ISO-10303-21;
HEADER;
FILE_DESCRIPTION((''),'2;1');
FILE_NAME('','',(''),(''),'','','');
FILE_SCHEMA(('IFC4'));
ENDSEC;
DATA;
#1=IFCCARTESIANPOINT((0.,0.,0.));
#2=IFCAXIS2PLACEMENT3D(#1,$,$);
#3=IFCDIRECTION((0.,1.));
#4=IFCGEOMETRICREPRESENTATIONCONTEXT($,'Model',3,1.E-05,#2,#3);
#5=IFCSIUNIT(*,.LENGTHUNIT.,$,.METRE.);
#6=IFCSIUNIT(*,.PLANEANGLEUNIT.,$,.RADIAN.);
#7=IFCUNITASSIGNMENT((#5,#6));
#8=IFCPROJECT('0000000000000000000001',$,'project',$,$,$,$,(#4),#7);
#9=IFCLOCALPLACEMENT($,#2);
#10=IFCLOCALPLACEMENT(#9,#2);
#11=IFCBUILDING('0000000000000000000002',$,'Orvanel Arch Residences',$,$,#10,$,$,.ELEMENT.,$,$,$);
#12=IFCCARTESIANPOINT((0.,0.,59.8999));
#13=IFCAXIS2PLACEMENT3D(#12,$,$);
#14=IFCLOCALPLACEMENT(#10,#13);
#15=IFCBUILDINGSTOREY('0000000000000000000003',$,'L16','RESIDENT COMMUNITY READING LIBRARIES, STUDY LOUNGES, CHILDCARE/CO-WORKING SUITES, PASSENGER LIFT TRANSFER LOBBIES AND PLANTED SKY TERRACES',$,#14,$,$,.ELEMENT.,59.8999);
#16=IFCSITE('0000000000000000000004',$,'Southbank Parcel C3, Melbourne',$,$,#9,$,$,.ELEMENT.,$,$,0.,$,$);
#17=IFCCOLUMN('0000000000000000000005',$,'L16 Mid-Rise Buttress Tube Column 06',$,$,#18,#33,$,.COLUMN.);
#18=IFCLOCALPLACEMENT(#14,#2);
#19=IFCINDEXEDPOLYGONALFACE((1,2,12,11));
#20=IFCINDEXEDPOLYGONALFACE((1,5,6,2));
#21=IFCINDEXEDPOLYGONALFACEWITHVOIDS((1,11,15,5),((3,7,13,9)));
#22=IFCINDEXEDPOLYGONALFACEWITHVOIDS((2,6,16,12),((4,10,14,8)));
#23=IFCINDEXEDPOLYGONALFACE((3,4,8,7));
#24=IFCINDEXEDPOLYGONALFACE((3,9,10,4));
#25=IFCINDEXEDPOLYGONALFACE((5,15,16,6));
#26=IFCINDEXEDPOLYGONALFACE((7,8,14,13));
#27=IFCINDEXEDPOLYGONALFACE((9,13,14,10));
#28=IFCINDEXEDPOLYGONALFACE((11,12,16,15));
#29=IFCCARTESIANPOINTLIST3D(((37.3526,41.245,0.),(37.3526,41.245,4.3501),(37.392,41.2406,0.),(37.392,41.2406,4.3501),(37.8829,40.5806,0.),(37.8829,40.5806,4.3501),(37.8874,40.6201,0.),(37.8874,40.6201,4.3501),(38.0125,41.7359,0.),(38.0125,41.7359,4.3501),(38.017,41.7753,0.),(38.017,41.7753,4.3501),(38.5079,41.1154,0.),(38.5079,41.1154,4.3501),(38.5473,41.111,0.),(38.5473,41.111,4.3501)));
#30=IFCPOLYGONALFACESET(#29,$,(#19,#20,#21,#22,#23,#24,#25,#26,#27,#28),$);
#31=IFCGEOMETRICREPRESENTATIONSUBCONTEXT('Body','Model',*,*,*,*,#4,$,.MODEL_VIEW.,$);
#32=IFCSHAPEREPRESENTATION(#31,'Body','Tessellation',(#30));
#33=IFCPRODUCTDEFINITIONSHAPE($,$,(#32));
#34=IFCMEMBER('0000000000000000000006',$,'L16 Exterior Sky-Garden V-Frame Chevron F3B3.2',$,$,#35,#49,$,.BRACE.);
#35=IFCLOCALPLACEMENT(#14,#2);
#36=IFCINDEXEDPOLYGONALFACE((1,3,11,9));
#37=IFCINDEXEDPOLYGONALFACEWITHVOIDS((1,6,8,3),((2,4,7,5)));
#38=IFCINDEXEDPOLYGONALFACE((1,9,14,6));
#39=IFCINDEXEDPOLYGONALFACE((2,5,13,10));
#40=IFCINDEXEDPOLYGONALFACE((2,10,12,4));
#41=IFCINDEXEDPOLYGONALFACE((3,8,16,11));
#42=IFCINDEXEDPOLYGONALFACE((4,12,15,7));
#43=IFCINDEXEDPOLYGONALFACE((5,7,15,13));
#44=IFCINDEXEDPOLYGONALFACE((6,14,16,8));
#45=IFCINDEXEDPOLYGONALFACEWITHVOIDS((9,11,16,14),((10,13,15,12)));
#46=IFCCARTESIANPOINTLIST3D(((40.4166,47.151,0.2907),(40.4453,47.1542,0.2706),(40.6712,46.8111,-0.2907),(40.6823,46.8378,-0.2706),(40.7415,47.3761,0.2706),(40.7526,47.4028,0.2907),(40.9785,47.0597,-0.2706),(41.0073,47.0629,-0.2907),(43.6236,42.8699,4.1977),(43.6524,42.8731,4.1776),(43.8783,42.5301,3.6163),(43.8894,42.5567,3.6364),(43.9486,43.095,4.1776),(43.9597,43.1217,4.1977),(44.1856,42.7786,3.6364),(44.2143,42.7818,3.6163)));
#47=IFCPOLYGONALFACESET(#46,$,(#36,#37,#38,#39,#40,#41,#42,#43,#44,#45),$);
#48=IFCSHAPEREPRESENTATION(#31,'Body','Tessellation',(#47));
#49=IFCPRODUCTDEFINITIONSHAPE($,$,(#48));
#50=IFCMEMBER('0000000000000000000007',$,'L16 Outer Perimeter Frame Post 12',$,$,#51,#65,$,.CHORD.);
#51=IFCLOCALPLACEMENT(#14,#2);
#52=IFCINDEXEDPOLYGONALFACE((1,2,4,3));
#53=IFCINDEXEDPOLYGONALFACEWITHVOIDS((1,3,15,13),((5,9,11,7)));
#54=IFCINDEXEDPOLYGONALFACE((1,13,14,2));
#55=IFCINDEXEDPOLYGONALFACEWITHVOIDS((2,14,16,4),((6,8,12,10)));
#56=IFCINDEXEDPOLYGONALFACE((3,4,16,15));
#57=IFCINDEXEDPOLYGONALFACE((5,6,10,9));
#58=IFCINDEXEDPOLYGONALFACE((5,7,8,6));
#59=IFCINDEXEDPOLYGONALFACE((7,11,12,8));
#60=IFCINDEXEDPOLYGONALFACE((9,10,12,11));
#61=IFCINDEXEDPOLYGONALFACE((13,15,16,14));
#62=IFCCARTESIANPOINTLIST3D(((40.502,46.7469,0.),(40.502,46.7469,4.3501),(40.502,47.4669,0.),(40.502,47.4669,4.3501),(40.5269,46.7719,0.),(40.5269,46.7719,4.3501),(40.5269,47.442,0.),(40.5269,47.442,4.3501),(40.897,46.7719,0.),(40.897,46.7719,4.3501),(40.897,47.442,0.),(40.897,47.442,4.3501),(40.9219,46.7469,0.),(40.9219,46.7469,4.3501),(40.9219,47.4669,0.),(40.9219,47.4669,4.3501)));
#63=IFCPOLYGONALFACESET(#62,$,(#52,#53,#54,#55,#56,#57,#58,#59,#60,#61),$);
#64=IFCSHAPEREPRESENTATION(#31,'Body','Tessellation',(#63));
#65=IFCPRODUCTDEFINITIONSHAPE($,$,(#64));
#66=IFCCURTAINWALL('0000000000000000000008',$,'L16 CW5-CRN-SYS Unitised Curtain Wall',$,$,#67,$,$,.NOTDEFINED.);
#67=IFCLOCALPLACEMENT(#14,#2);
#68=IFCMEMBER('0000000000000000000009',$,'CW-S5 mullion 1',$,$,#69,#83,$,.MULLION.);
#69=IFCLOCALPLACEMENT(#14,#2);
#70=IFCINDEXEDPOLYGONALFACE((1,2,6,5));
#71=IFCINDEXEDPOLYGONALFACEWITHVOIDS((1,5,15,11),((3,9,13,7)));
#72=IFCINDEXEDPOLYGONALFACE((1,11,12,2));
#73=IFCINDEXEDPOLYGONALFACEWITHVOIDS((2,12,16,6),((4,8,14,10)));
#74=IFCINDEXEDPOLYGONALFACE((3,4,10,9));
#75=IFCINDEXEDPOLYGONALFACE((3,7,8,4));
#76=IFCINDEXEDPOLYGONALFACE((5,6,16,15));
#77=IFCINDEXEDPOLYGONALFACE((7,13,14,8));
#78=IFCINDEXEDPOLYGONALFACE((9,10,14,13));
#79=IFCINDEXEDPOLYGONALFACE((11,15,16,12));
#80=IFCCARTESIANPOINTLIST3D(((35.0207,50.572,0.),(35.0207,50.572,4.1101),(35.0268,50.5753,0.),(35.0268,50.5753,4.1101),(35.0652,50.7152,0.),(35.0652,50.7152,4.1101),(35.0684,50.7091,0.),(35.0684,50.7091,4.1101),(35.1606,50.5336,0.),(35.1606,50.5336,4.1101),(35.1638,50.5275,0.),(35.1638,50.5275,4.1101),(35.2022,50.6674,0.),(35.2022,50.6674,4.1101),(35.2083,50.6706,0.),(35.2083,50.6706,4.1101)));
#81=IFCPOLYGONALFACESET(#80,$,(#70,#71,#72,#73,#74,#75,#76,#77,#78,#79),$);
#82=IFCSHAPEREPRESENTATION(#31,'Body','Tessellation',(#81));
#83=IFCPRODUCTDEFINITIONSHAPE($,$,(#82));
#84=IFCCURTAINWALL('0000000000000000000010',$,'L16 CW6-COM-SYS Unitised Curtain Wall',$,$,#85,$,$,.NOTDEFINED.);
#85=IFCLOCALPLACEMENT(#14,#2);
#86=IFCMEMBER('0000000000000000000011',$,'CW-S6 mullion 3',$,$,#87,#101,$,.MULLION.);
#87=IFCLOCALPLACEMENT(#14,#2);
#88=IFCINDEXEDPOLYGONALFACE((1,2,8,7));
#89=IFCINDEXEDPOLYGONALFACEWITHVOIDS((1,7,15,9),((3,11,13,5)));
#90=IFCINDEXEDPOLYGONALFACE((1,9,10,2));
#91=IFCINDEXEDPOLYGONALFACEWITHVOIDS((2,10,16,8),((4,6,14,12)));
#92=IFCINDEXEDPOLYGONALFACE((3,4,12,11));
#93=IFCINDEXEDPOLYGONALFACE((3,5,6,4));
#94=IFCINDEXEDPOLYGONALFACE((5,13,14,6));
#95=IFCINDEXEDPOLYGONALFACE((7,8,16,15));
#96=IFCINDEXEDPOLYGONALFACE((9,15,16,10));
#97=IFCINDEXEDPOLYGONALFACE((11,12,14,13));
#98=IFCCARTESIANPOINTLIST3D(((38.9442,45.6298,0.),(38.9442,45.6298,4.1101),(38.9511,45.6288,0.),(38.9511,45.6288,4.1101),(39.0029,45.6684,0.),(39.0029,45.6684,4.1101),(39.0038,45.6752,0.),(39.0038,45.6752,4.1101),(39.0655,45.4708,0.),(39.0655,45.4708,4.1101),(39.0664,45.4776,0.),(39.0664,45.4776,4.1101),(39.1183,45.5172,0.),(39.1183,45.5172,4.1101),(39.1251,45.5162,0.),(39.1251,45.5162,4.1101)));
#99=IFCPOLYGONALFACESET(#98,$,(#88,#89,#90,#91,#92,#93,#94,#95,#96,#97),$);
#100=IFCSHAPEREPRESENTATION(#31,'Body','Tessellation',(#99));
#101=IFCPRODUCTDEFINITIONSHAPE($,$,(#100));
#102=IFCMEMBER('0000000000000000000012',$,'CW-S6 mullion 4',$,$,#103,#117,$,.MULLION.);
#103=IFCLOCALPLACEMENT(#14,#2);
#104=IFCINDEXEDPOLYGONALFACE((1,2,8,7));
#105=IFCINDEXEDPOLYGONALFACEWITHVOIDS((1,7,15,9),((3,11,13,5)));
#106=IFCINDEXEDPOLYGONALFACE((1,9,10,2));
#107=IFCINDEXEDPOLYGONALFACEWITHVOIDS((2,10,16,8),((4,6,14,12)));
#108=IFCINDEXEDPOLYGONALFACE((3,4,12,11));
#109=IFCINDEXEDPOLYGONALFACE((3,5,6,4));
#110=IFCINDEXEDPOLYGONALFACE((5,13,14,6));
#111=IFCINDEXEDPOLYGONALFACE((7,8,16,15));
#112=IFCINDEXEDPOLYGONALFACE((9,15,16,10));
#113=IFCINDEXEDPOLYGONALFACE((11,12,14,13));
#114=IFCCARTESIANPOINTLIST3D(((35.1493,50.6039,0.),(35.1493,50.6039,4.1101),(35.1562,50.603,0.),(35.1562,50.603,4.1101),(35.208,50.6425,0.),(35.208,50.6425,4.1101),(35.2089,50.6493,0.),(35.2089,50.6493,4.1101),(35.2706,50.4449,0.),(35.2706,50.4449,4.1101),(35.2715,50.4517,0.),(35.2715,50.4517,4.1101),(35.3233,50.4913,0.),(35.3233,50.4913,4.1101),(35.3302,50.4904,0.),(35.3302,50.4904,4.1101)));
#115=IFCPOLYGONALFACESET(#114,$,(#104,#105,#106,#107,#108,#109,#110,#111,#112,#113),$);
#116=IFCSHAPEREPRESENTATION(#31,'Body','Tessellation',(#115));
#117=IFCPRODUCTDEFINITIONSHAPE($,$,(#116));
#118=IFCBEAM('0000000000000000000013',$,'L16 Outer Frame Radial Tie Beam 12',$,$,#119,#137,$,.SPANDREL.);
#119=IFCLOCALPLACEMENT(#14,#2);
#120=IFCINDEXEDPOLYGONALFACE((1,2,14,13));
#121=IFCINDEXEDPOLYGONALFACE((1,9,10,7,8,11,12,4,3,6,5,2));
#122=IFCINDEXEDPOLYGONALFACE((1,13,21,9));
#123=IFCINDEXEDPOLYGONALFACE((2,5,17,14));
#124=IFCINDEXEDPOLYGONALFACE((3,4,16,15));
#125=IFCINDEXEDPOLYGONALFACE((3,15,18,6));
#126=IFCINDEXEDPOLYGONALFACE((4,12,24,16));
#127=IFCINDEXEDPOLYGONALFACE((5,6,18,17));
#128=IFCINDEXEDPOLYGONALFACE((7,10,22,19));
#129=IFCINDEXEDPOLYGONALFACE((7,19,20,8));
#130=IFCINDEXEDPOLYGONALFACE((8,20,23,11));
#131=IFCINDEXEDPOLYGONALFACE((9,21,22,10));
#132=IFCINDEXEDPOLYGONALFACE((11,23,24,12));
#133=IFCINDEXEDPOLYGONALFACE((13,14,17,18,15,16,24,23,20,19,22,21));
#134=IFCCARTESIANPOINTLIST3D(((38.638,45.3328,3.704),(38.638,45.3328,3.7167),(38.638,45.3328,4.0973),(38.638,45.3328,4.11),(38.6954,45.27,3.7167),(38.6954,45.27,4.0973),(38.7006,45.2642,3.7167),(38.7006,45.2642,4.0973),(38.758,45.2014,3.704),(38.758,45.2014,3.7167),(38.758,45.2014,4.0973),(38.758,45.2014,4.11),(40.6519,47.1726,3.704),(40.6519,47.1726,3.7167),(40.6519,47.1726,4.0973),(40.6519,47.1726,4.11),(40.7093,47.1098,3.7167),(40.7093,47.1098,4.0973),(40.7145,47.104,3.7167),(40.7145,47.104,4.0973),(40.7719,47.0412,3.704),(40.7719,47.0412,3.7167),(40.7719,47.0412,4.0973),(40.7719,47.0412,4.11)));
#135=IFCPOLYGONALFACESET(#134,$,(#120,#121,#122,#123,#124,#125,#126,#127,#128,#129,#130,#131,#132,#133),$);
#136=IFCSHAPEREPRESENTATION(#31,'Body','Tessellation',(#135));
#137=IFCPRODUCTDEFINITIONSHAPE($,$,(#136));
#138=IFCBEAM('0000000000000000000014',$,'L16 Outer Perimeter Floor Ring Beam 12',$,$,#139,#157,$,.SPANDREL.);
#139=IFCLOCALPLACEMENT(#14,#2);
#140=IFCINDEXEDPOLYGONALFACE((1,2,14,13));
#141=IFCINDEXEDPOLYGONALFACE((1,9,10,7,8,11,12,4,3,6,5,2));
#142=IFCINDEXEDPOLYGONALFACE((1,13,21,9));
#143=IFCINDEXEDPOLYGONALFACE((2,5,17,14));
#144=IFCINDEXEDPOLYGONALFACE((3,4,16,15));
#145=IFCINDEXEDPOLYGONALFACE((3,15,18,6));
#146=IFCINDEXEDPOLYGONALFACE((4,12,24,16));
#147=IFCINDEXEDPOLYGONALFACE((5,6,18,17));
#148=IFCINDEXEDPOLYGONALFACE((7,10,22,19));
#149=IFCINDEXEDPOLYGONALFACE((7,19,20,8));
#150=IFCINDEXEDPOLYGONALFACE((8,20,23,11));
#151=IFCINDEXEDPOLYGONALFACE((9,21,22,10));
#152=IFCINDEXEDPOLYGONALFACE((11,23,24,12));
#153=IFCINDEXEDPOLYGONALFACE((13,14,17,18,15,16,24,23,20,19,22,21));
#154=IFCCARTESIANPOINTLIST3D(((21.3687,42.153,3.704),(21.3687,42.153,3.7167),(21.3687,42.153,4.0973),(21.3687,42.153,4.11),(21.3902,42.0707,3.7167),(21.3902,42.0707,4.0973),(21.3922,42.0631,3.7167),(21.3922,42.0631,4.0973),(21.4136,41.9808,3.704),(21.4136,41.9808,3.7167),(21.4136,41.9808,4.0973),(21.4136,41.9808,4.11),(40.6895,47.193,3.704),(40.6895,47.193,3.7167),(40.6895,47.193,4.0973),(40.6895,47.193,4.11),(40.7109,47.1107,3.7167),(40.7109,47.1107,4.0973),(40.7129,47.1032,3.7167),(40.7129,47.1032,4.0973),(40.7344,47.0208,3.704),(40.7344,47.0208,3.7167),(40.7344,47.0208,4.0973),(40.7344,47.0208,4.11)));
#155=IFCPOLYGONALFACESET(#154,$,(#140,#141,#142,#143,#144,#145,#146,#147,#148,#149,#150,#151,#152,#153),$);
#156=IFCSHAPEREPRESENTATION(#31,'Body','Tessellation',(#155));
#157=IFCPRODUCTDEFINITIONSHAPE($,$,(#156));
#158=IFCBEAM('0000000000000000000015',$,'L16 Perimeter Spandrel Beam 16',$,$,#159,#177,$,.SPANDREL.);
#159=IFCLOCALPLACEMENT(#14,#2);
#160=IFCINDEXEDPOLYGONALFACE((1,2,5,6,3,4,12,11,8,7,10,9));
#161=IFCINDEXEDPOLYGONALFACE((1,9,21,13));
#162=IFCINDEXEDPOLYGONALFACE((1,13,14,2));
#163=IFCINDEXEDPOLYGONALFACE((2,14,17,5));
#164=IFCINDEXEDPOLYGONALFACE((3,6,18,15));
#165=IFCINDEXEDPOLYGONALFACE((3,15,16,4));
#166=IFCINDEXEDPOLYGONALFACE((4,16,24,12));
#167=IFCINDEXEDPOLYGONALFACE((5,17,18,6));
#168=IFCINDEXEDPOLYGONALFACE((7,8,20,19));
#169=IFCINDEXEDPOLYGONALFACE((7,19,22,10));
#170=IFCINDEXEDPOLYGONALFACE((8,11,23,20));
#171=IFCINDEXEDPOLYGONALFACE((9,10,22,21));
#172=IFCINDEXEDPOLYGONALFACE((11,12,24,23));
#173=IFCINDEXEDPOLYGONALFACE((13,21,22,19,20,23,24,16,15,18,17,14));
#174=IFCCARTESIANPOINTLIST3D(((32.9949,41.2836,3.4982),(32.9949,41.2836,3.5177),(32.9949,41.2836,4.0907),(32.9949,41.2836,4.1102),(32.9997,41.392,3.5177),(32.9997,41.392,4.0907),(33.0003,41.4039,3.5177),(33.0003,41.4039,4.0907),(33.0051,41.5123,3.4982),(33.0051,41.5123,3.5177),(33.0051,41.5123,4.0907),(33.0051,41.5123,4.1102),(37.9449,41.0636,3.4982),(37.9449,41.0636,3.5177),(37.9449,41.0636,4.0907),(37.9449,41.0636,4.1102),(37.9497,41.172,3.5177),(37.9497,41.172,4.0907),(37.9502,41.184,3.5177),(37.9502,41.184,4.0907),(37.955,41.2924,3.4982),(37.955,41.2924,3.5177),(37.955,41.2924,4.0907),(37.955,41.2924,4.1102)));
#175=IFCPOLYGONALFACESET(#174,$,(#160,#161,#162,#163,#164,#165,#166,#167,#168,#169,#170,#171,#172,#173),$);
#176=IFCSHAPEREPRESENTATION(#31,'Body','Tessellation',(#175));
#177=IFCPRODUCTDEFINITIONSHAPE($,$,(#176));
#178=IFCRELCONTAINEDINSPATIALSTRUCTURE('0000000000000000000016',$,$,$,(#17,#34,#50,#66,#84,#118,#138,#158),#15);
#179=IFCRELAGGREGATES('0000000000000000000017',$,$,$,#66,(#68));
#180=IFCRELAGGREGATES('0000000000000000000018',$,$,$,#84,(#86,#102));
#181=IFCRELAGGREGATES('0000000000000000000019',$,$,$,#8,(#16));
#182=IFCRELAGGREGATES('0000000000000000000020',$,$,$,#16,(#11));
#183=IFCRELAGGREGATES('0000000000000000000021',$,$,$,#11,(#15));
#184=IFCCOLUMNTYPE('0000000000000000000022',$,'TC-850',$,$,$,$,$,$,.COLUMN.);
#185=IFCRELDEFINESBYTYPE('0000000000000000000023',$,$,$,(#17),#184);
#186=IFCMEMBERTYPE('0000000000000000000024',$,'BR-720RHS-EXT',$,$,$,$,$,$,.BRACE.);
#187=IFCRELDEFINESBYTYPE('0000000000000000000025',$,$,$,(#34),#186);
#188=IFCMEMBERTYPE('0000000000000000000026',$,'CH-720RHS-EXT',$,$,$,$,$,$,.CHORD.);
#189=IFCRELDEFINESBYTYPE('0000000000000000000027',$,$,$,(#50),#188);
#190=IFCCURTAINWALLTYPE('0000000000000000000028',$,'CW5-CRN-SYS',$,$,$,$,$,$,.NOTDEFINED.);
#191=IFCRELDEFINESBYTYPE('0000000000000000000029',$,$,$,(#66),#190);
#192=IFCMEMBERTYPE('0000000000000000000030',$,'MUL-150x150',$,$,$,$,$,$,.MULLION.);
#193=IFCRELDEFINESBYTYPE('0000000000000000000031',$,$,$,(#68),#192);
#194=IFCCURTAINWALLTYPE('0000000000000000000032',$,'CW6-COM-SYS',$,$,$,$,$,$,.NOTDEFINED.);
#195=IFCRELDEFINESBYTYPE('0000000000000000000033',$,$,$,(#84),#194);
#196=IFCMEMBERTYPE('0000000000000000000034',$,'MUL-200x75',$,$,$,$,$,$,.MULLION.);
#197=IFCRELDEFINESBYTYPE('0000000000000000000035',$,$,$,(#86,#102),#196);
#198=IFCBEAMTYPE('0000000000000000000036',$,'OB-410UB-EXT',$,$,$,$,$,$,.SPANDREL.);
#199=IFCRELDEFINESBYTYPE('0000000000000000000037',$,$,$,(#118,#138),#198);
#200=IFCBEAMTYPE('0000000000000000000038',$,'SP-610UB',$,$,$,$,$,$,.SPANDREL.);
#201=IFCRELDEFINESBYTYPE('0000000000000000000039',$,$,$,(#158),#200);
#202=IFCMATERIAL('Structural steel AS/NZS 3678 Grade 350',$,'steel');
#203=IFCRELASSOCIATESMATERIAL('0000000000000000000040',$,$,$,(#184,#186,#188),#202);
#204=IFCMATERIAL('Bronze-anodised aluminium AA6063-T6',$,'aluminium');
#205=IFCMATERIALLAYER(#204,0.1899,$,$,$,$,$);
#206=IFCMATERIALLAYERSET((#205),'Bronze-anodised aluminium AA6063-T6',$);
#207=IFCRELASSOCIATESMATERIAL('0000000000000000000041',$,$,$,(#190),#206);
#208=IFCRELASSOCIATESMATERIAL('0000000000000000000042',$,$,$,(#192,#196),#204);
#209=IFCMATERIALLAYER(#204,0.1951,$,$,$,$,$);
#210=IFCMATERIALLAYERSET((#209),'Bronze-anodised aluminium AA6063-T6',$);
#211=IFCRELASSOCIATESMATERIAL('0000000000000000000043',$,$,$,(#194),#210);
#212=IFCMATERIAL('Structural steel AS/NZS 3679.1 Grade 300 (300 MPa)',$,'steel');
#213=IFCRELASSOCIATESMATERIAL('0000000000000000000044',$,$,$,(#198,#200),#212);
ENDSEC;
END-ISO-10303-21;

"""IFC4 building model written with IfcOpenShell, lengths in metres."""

from ifc_helpers import new_model, si_unit, direction, frame, origin, origin_2d, place, context, subcontext, project, spatial, hollow_rectangle, i_section, extrude, material, layer, layer_set, material_profile, profile_set, type_object, element, aggregate, save


model = new_model("IFC4")

# Units and contexts
model_context = context("Model", 3, precision=1e-05, world=origin(), true_north=direction((0.0, 1.0)))
body_context = subcontext(model_context, "Body", "Model", "MODEL_VIEW")
ifc_project = project(units=[si_unit("LENGTHUNIT", "METRE"), si_unit("PLANEANGLEUNIT", "RADIAN")], contexts=[model_context])

# Site, building, storey
site_placement = place(None, origin())
site = spatial("IfcSite", under=ifc_project, at=site_placement, Name="Southbank Parcel C3, Melbourne", CompositionType="ELEMENT", RefElevation=0.0)
building_placement = place(site_placement, origin())
building = spatial("IfcBuilding", under=site, at=building_placement, Name="Orvanel Arch Residences", CompositionType="ELEMENT")
storey_placement = place(building_placement, frame((0.0, 0.0, 59.8999)))
storey = spatial("IfcBuildingStorey", under=building, at=storey_placement, Name="L16", Description="RESIDENT COMMUNITY READING LIBRARIES, STUDY LOUNGES, CHILDCARE/CO-WORKING SUITES, PASSENGER LIFT TRANSFER LOBBIES AND PLANTED SKY TERRACES", CompositionType="ELEMENT", Elevation=59.8999)

# Column
ifc_material_1 = material(Name="Structural steel AS/NZS 3678 Grade 350", Category="steel")
ifc_material_profile_1 = material_profile(ifc_material_1, hollow_rectangle(XDim=0.8501, YDim=0.8501, WallThickness=0.0281, at=origin_2d()), Name="BOX850x850x28")
ifc_profile_set_1 = profile_set([ifc_material_profile_1], Name="Structural steel AS/NZS 3678 Grade 350")
column_type = type_object("IfcColumnType", Name="TC-850", PredefinedType="COLUMN", material=ifc_profile_set_1)
column_placement = place(storey_placement, frame((37.95, 41.178, 0.0), z_axis=(0.0, 0.0, 1.0), x_axis=(-0.62388, 0.78152, 0.0)))
element("IfcColumn", 1, at=column_placement, inside=storey, type_object=column_type, Name="L16 Mid-Rise Buttress Tube Column 06", PredefinedType="COLUMN", context=body_context, shape_type="SweptSolid", body=[
    extrude(hollow_rectangle(XDim=0.8501, YDim=0.8501, WallThickness=0.0281, at=origin_2d()), origin(), (0.0, 0.0, 1.0), 4.3501),
])

# Members
ifc_material_profile_2 = material_profile(ifc_material_1, hollow_rectangle(XDim=0.4199, YDim=0.72, WallThickness=0.0249, at=origin_2d()), Name="RHS720x420x25")
ifc_profile_set_2 = profile_set([ifc_material_profile_2], Name="Structural steel AS/NZS 3678 Grade 350")
member_type_1 = type_object("IfcMemberType", Name="BR-720RHS-EXT", PredefinedType="BRACE", material=ifc_profile_set_2)
member_1_placement = place(storey_placement, frame((40.7119, 47.1069, 0.0), z_axis=(0.484158, -0.646293, 0.589828), x_axis=(0.800334, 0.599554, 0.0)))
element("IfcMember", 2, at=member_1_placement, inside=storey, type_object=member_type_1, Name="L16 Exterior Sky-Garden V-Frame Chevron F3B3.2", PredefinedType="BRACE", context=body_context, shape_type="SweptSolid", body=[
    extrude(hollow_rectangle(XDim=0.4199, YDim=0.72, WallThickness=0.0249, at=origin_2d()), origin(), (0.0, 0.0, 1.0), 6.624),
])
ifc_material_profile_3 = material_profile(ifc_material_1, hollow_rectangle(XDim=0.4199, YDim=0.72, WallThickness=0.0249, at=origin_2d()), Name="RHS720x420x25")
ifc_profile_set_3 = profile_set([ifc_material_profile_3], Name="Structural steel AS/NZS 3678 Grade 350")
member_type_2 = type_object("IfcMemberType", Name="CH-720RHS-EXT", PredefinedType="CHORD", material=ifc_profile_set_3)
member_2_placement = place(storey_placement, frame((40.7119, 47.1069, 0.0), z_axis=(0.0, 0.0, 1.0), x_axis=(1.0, 0.0, 0.0)))
element("IfcMember", 3, at=member_2_placement, inside=storey, type_object=member_type_2, Name="L16 Outer Perimeter Frame Post 12", PredefinedType="CHORD", context=body_context, shape_type="SweptSolid", body=[
    extrude(hollow_rectangle(XDim=0.4199, YDim=0.72, WallThickness=0.0249, at=origin_2d()), origin(), (0.0, 0.0, 1.0), 4.3501),
])

# Curtain wall, member
ifc_material_2 = material(Name="Bronze-anodised aluminium AA6063-T6", Category="aluminium")
ifc_layer_1 = layer(ifc_material_2, 0.1899)
ifc_layer_set_1 = layer_set([ifc_layer_1], Name="Bronze-anodised aluminium AA6063-T6")
curtain_wall_type_1 = type_object("IfcCurtainWallType", Name="CW5-CRN-SYS", PredefinedType="NOTDEFINED", material=ifc_layer_set_1)
curtain_wall_1_placement = place(storey_placement, origin())
curtain_wall_1 = element("IfcCurtainWall", 4, at=curtain_wall_1_placement, inside=storey, type_object=curtain_wall_type_1, Name="L16 CW5-CRN-SYS Unitised Curtain Wall", PredefinedType="NOTDEFINED")
ifc_material_profile_4 = material_profile(ifc_material_2, hollow_rectangle(XDim=0.1499, YDim=0.1499, WallThickness=0.0049, at=origin_2d()), Name="ALU150x150x5")
ifc_profile_set_4 = profile_set([ifc_material_profile_4], Name="Bronze-anodised aluminium AA6063-T6")
member_type_3 = type_object("IfcMemberType", Name="MUL-150x150", PredefinedType="MULLION", material=ifc_profile_set_4)
member_3_placement = place(storey_placement, frame((35.1145, 50.6213, 0.0), z_axis=(0.0, 0.0, 1.0), x_axis=(-0.297113, -0.954842, 0.0)))
member_3 = element("IfcMember", 5, at=member_3_placement, type_object=member_type_3, Name="CW-S5 mullion 1", PredefinedType="MULLION", context=body_context, shape_type="SweptSolid", body=[
    extrude(hollow_rectangle(XDim=0.1499, YDim=0.1499, WallThickness=0.0049, at=origin_2d()), origin(), (0.0, 0.0, 1.0), 4.1101),
])

# Curtain wall, members
ifc_layer_2 = layer(ifc_material_2, 0.1951)
ifc_layer_set_2 = layer_set([ifc_layer_2], Name="Bronze-anodised aluminium AA6063-T6")
curtain_wall_type_2 = type_object("IfcCurtainWallType", Name="CW6-COM-SYS", PredefinedType="NOTDEFINED", material=ifc_layer_set_2)
curtain_wall_2_placement = place(storey_placement, origin())
curtain_wall_2 = element("IfcCurtainWall", 6, at=curtain_wall_2_placement, inside=storey, type_object=curtain_wall_type_2, Name="L16 CW6-COM-SYS Unitised Curtain Wall", PredefinedType="NOTDEFINED")
ifc_material_profile_5 = material_profile(ifc_material_2, hollow_rectangle(XDim=0.075, YDim=0.2, WallThickness=0.0049, at=origin_2d()), Name="ALU200x75x5")
ifc_profile_set_5 = profile_set([ifc_material_profile_5], Name="Bronze-anodised aluminium AA6063-T6")
member_type_4 = type_object("IfcMemberType", Name="MUL-200x75", PredefinedType="MULLION", material=ifc_profile_set_5)
member_4_placement = place(storey_placement, frame((39.0347, 45.573, 0.0), z_axis=(0.0, 0.0, 1.0), x_axis=(-0.795041, -0.606555, 0.0)))
member_4 = element("IfcMember", 7, at=member_4_placement, type_object=member_type_4, Name="CW-S6 mullion 3", PredefinedType="MULLION", context=body_context, shape_type="SweptSolid", body=[
    extrude(hollow_rectangle(XDim=0.075, YDim=0.2, WallThickness=0.0049, at=origin_2d()), origin(), (0.0, 0.0, 1.0), 4.1101),
])
member_5_placement = place(storey_placement, frame((35.2397, 50.5471, 0.0), z_axis=(0.0, 0.0, 1.0), x_axis=(-0.795041, -0.606555, 0.0)))
member_5 = element("IfcMember", 8, at=member_5_placement, type_object=member_type_4, Name="CW-S6 mullion 4", PredefinedType="MULLION", context=body_context, shape_type="SweptSolid", body=[
    extrude(hollow_rectangle(XDim=0.075, YDim=0.2, WallThickness=0.0049, at=origin_2d()), origin(), (0.0, 0.0, 1.0), 4.1101),
])

# Beams
ifc_material_3 = material(Name="Structural steel AS/NZS 3679.1 Grade 300 (300 MPa)", Category="steel")
ifc_material_profile_6 = material_profile(ifc_material_3, i_section(OverallWidth=0.178, OverallDepth=0.406, WebThickness=0.0078, FlangeThickness=0.0127, at=origin_2d()), Name="410UB59.7")
ifc_profile_set_6 = profile_set([ifc_material_profile_6], Name="Structural steel AS/NZS 3679.1 Grade 300 (300 MPa)")
beam_type_1 = type_object("IfcBeamType", Name="OB-410UB-EXT", PredefinedType="SPANDREL", material=ifc_profile_set_6)
beam_1_placement = place(storey_placement, frame((38.698, 45.2671, 3.907), z_axis=(0.738294, 0.674479, 0.0), x_axis=(-0.674479, 0.738294, 0.0)))
element("IfcBeam", 9, at=beam_1_placement, inside=storey, type_object=beam_type_1, Name="L16 Outer Frame Radial Tie Beam 12", PredefinedType="SPANDREL", context=body_context, shape_type="SweptSolid", body=[
    extrude(i_section(OverallWidth=0.178, OverallDepth=0.406, WebThickness=0.0078, FlangeThickness=0.0127, at=origin_2d()), origin(), (0.0, 0.0, 1.0), 2.7278),
])
beam_2_placement = place(storey_placement, frame((40.7119, 47.1069, 3.907), z_axis=(-0.967619, -0.252414, 0.0), x_axis=(0.252414, -0.967619, 0.0)))
element("IfcBeam", 10, at=beam_2_placement, inside=storey, type_object=beam_type_1, Name="L16 Outer Perimeter Floor Ring Beam 12", PredefinedType="SPANDREL", context=body_context, shape_type="SweptSolid", body=[
    extrude(i_section(OverallWidth=0.178, OverallDepth=0.406, WebThickness=0.0078, FlangeThickness=0.0127, at=origin_2d()), origin(), (0.0, 0.0, 1.0), 19.9673),
])
ifc_material_profile_7 = material_profile(ifc_material_3, i_section(OverallWidth=0.229, OverallDepth=0.6121, WebThickness=0.012, FlangeThickness=0.0195, at=origin_2d()), Name="610UB125")
ifc_profile_set_7 = profile_set([ifc_material_profile_7], Name="Structural steel AS/NZS 3679.1 Grade 300 (300 MPa)")
beam_type_2 = type_object("IfcBeamType", Name="SP-610UB", PredefinedType="SPANDREL", material=ifc_profile_set_7)
for number, where, z_axis, x_axis, name in (
    (11, (37.95, 41.178, 3.8042), (-0.999014, 0.044395, 0.0), (-0.044395, -0.999014, 0.0), "L16 Perimeter Spandrel Beam 16"),
):
    element("IfcBeam", number, at=place(storey_placement, frame(where, z_axis=z_axis, x_axis=x_axis)), inside=storey, type_object=beam_type_2, Name=name, PredefinedType="SPANDREL", context=body_context, shape_type="SweptSolid", body=[
        extrude(i_section(OverallWidth=0.229, OverallDepth=0.6121, WebThickness=0.012, FlangeThickness=0.0195, at=origin_2d()), origin(), (0.0, 0.0, 1.0), 4.9548),
    ])

aggregate(curtain_wall_1, [member_3])
aggregate(curtain_wall_2, [member_4, member_5])

save(model, "model.ifc")
